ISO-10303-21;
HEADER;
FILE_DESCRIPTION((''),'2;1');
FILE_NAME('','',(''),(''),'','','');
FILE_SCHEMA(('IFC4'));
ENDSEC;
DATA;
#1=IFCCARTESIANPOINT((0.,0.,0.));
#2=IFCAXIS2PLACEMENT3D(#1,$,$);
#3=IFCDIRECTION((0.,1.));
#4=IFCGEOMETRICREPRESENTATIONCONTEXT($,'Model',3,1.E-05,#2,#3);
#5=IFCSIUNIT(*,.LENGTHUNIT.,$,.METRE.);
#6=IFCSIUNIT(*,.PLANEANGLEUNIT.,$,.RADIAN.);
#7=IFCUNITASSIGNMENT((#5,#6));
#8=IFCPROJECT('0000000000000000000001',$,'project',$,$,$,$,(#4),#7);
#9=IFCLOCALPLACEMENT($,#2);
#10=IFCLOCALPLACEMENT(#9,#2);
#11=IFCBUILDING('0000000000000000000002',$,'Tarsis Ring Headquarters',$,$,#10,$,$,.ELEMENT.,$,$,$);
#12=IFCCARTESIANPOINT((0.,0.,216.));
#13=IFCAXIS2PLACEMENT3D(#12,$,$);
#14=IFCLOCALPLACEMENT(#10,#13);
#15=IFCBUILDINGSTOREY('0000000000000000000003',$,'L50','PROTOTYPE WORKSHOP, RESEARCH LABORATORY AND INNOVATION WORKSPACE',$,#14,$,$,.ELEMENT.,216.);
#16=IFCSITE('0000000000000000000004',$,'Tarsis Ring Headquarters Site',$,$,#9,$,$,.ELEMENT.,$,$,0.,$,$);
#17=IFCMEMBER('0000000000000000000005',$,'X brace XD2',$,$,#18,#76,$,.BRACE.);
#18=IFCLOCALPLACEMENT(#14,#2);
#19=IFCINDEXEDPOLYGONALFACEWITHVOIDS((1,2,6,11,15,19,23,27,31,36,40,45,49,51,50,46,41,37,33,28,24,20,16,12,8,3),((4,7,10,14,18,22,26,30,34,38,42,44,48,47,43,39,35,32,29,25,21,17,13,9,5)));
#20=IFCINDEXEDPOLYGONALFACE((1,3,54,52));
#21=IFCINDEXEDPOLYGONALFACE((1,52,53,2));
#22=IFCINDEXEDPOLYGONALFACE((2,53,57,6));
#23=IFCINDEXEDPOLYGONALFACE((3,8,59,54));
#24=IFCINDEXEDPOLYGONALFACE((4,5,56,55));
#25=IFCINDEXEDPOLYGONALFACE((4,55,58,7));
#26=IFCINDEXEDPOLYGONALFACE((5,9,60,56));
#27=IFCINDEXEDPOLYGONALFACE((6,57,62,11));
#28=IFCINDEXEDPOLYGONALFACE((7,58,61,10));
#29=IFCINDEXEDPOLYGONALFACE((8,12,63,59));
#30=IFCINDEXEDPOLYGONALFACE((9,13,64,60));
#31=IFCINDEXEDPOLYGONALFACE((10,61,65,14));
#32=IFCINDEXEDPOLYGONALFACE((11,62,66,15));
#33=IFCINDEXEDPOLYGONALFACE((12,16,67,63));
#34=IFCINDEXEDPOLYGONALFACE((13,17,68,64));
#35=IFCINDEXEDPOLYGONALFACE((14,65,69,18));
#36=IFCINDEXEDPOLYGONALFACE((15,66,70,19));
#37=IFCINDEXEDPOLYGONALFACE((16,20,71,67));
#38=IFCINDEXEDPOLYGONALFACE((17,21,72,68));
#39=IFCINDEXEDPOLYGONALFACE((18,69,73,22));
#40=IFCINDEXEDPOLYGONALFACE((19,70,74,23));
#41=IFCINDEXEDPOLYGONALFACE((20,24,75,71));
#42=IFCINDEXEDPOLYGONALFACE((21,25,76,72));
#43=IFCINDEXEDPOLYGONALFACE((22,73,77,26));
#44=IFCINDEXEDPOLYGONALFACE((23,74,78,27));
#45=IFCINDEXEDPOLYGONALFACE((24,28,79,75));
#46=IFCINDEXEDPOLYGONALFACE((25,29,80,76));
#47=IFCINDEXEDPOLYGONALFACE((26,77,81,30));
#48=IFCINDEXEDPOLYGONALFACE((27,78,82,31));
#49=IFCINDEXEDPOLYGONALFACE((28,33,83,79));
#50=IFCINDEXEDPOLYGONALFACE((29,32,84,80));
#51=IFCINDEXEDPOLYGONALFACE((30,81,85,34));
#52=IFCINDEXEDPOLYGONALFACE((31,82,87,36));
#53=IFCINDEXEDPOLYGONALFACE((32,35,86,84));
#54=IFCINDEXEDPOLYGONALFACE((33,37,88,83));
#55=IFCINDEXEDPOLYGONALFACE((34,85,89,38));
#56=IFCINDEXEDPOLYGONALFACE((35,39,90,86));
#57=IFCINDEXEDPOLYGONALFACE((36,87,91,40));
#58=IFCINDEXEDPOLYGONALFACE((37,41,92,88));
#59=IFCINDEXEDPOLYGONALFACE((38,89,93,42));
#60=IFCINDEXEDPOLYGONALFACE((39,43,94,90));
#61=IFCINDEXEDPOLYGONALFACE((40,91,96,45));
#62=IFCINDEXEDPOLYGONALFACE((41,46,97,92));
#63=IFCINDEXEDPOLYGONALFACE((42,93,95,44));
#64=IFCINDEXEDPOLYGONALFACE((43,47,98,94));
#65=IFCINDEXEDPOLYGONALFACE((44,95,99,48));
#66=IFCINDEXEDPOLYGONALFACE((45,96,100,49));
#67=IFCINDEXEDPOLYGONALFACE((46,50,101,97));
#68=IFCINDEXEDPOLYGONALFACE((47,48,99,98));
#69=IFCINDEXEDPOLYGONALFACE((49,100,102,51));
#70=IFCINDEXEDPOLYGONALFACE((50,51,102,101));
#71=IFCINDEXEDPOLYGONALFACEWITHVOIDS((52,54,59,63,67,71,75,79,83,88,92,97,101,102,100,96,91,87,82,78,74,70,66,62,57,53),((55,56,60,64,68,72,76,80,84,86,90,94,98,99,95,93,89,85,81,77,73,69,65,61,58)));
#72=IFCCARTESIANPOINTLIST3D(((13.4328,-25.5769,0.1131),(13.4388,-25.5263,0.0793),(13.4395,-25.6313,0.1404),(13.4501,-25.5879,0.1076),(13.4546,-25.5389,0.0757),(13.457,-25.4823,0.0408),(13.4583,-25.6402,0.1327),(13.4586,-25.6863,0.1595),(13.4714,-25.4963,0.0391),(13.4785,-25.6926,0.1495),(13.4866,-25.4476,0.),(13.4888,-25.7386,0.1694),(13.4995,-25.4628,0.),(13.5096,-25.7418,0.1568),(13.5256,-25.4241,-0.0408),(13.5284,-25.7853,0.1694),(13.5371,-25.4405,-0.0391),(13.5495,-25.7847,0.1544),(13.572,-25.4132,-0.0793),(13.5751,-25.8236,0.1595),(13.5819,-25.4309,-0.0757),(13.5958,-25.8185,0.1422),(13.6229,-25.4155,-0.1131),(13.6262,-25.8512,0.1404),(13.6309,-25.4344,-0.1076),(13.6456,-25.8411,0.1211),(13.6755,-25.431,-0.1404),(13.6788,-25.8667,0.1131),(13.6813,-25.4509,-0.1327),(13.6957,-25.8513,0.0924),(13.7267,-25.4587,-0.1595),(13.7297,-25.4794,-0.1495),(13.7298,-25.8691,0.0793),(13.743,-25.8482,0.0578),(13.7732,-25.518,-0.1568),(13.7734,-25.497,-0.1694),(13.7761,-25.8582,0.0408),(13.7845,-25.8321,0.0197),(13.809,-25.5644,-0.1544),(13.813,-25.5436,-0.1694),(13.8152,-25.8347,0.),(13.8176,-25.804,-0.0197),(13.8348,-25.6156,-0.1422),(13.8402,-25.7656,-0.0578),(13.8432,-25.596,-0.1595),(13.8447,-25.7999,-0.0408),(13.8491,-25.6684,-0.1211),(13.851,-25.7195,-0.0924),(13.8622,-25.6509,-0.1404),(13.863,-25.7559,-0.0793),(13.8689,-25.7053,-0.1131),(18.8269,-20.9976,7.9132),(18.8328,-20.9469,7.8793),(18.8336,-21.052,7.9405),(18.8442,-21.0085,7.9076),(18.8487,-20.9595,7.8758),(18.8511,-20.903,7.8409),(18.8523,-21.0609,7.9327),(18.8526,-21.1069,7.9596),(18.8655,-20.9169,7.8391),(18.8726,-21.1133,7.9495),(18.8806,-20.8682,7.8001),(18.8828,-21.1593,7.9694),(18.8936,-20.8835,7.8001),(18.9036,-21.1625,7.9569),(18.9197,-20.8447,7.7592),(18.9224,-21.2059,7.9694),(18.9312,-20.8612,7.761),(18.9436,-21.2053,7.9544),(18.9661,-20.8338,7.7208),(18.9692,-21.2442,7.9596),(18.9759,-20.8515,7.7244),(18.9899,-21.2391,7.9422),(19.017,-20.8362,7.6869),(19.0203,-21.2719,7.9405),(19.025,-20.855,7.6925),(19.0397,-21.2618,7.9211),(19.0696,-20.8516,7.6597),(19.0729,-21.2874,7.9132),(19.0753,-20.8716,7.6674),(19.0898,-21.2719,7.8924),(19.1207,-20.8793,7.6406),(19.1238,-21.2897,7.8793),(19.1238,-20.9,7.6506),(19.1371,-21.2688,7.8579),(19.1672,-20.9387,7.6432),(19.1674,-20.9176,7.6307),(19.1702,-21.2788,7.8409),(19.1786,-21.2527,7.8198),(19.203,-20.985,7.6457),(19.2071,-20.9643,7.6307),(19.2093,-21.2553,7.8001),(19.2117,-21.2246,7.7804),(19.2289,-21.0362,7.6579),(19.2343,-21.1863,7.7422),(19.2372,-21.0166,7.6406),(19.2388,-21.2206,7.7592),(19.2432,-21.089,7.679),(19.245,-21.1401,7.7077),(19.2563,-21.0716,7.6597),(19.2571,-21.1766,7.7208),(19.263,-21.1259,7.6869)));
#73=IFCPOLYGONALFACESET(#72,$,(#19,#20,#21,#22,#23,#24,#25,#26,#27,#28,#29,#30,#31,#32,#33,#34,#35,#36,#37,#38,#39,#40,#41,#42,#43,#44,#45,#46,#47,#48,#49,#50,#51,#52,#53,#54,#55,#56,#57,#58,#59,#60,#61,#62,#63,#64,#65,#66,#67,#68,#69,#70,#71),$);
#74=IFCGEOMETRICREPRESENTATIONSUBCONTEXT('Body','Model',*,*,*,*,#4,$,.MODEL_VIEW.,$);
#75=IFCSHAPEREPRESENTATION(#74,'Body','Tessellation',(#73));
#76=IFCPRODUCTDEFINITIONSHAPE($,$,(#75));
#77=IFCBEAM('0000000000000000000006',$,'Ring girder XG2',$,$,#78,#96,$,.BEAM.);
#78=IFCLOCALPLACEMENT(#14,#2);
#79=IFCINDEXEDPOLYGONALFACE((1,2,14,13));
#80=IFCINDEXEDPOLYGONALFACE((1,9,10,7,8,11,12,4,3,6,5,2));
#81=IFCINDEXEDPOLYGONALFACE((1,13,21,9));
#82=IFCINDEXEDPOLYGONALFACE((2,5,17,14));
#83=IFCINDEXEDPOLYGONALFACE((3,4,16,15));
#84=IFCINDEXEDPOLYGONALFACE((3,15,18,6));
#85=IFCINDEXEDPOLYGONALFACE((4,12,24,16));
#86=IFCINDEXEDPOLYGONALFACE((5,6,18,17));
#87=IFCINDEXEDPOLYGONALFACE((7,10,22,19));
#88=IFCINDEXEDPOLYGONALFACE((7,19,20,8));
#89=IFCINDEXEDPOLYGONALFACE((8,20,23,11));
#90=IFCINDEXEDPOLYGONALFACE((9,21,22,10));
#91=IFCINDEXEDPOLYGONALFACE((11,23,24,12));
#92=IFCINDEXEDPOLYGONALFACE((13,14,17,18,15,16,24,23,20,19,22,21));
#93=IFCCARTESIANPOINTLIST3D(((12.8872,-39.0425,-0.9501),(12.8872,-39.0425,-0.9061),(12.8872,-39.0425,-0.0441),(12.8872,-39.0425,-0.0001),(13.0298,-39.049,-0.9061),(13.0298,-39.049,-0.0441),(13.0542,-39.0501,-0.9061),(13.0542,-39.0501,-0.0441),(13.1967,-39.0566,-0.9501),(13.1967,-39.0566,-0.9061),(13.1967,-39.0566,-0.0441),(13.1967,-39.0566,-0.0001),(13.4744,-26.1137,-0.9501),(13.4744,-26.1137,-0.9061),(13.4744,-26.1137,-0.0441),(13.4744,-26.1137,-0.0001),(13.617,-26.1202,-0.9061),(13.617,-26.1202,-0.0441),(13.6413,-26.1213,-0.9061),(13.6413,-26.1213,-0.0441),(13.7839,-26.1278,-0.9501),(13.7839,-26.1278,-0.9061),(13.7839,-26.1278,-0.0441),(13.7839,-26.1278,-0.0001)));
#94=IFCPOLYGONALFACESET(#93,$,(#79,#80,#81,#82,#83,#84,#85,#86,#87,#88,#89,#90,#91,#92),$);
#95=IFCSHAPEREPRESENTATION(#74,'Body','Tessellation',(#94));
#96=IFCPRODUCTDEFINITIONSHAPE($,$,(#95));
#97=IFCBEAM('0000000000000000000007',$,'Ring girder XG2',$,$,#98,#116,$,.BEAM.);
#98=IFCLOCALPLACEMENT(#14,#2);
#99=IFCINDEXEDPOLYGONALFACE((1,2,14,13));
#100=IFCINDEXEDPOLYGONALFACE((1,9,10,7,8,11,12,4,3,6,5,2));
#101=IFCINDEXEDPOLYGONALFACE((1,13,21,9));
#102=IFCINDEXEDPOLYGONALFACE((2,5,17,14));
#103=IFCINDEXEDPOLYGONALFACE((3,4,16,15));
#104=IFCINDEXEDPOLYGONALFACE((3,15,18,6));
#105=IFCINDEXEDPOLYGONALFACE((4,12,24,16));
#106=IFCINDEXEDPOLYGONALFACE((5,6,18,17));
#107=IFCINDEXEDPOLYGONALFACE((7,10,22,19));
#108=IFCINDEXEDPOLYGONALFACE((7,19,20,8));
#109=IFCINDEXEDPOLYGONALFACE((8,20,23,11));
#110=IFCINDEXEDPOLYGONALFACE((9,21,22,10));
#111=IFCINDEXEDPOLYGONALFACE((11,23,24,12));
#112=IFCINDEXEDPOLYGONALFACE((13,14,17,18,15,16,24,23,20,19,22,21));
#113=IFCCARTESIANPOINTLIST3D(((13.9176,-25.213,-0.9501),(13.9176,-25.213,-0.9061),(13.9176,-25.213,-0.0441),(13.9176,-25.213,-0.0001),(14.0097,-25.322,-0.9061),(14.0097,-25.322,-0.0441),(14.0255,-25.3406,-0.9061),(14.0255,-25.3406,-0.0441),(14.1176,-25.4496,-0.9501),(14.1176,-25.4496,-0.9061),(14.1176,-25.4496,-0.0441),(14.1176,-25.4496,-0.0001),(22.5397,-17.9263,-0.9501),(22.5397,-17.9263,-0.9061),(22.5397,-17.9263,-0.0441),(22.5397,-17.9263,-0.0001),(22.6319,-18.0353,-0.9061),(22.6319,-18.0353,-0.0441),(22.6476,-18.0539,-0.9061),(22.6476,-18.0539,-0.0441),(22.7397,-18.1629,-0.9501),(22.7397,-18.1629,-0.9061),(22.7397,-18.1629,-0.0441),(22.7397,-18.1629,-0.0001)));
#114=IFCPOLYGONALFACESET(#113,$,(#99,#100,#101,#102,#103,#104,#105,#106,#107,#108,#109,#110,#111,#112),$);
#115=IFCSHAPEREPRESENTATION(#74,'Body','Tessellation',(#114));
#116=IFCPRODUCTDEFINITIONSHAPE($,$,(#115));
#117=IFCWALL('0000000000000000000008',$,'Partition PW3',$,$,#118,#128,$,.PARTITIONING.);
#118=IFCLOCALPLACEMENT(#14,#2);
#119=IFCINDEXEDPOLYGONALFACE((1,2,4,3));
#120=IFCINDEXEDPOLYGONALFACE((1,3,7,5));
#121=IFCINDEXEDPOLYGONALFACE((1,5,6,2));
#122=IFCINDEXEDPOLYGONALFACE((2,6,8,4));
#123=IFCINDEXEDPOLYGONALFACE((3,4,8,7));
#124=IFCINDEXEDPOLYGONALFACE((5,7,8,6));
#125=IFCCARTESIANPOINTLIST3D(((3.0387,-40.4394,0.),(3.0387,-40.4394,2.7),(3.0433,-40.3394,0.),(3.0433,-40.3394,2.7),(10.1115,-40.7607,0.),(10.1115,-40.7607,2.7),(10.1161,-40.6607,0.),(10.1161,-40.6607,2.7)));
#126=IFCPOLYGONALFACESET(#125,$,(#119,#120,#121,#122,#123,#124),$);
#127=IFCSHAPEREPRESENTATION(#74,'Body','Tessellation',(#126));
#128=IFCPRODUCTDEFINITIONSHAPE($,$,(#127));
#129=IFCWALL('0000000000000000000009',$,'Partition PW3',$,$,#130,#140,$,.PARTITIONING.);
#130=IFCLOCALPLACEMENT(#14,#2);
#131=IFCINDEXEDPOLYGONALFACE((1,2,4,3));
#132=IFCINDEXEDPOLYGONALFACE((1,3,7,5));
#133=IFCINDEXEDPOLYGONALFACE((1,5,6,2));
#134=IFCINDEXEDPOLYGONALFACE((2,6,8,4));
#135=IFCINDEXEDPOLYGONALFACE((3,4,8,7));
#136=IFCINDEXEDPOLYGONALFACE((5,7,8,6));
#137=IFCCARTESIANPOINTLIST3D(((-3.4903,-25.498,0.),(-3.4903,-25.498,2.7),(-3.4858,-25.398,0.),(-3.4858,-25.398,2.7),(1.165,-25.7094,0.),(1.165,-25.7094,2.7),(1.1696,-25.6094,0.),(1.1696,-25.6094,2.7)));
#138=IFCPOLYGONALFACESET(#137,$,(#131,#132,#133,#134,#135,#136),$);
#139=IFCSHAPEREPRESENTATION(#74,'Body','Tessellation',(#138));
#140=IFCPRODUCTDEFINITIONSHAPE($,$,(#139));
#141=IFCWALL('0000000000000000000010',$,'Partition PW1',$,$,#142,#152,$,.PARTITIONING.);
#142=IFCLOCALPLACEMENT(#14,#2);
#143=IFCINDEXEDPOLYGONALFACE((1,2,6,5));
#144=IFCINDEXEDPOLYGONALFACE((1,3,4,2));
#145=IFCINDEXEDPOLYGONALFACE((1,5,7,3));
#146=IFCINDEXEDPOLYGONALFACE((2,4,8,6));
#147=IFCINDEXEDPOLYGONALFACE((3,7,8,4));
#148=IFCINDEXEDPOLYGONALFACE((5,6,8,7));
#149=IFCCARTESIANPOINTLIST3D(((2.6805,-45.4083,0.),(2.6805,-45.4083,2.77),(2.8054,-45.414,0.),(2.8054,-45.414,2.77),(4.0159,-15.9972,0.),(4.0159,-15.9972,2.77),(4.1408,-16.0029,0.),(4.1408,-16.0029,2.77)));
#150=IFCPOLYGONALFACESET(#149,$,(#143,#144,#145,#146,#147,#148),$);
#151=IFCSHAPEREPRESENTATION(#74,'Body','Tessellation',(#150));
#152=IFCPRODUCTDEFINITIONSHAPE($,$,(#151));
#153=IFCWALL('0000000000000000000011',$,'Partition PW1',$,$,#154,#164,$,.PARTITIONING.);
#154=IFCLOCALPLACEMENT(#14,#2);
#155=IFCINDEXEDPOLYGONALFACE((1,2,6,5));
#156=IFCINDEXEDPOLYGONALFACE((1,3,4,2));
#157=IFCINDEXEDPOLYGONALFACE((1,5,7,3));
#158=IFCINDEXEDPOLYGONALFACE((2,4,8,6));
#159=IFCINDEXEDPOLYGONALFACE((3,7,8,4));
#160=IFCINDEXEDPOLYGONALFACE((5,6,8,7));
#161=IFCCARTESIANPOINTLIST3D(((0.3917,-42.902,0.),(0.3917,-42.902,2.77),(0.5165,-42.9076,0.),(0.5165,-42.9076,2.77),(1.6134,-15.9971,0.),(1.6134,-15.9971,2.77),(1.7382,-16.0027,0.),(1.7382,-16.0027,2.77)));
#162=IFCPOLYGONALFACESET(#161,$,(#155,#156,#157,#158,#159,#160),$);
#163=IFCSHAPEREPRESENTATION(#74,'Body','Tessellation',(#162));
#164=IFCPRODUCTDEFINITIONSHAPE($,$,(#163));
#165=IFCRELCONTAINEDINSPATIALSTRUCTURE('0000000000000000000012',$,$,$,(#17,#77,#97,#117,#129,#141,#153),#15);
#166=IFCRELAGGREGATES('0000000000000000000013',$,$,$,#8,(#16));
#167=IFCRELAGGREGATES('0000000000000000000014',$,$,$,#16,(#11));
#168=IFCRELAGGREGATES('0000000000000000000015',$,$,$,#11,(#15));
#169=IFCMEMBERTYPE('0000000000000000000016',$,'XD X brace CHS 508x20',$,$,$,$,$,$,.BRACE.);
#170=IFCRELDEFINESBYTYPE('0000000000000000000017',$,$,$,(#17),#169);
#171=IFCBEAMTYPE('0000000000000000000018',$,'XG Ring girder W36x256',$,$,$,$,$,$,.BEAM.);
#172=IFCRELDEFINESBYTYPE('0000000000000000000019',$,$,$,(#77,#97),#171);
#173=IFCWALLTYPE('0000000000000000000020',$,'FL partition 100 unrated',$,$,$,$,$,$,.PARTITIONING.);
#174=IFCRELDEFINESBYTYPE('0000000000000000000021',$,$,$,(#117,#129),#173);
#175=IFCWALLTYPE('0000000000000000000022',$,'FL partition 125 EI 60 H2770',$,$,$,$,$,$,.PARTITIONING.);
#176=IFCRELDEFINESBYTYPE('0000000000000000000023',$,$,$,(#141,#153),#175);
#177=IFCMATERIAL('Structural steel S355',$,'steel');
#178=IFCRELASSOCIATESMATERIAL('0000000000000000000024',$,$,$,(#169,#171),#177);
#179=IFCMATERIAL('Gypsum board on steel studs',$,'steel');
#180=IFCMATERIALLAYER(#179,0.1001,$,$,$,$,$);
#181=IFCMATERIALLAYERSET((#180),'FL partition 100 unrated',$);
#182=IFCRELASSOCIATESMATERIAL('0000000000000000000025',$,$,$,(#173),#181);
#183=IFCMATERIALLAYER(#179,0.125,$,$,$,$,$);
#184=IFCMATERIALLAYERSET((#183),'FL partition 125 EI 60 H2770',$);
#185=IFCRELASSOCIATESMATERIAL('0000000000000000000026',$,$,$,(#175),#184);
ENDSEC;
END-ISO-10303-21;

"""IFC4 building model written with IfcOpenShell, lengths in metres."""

from ifc_helpers import new_model, si_unit, direction, frame, frame_2d, origin, origin_2d, place, context, subcontext, project, spatial, rectangle, hollow_circle, i_section, extrude, material, layer, layer_set, material_profile, profile_set, type_object, element, save


model = new_model("IFC4")

# Units and contexts
model_context = context("Model", 3, precision=1e-05, world=origin(), true_north=direction((0.0, 1.0)))
body_context = subcontext(model_context, "Body", "Model", "MODEL_VIEW")
ifc_project = project(units=[si_unit("LENGTHUNIT", "METRE"), si_unit("PLANEANGLEUNIT", "RADIAN")], contexts=[model_context])

# Site, building, storey
site_placement = place(None, origin())
site = spatial("IfcSite", under=ifc_project, at=site_placement, Name="Tarsis Ring Headquarters Site", CompositionType="ELEMENT", RefElevation=0.0)
building_placement = place(site_placement, origin())
building = spatial("IfcBuilding", under=site, at=building_placement, Name="Tarsis Ring Headquarters", CompositionType="ELEMENT")
storey_placement = place(building_placement, frame((0.0, 0.0, 216.0)))
storey = spatial("IfcBuildingStorey", under=building, at=storey_placement, Name="L50", Description="PROTOTYPE WORKSHOP, RESEARCH LABORATORY AND INNOVATION WORKSPACE", CompositionType="ELEMENT", Elevation=216.0)

# Shared definitions
ifc_material_1 = material(Name="Structural steel S355", Category="steel")

# Member
ifc_material_profile_1 = material_profile(ifc_material_1, hollow_circle(Radius=0.2539, WallThickness=0.02, at=origin_2d()), Name="CHS 508x20")
ifc_profile_set_1 = profile_set([ifc_material_profile_1], Name="Structural steel S355")
member_type = type_object("IfcMemberType", Name="XD X brace CHS 508x20", PredefinedType="BRACE", material=ifc_profile_set_1)
member_placement = place(storey_placement, frame((13.6509, -25.6411, 0.0), z_axis=(0.512195, 0.434835, 0.740659), x_axis=(-0.64719, 0.762329, 0.0)))
element("IfcMember", 1, at=member_placement, inside=storey, type_object=member_type, Name="X brace XD2", PredefinedType="BRACE", context=body_context, shape_type="SweptSolid", body=[
    extrude(hollow_circle(Radius=0.2539, WallThickness=0.02, at=origin_2d()), origin(), (0.0, 0.0, 1.0), 10.5312),
])

# Beams
ifc_material_profile_2 = material_profile(ifc_material_1, i_section(OverallWidth=0.3098, OverallDepth=0.95, WebThickness=0.0244, FlangeThickness=0.0439, at=origin_2d()), Name="W36x256")
ifc_profile_set_2 = profile_set([ifc_material_profile_2], Name="Structural steel S355")
beam_type = type_object("IfcBeamType", Name="XG Ring girder W36x256", PredefinedType="BEAM", material=ifc_profile_set_2)
beam_1_placement = place(storey_placement, frame((13.042, -39.0496, -0.4751), z_axis=(0.045368, 0.99897, 0.0), x_axis=(-0.99897, 0.045368, 0.0)))
element("IfcBeam", 2, at=beam_1_placement, inside=storey, type_object=beam_type, Name="Ring girder XG2", PredefinedType="BEAM", context=body_context, shape_type="SweptSolid", body=[
    extrude(i_section(OverallWidth=0.3098, OverallDepth=0.95, WebThickness=0.0244, FlangeThickness=0.0439, at=origin_2d()), origin(), (0.0, 0.0, 1.0), 12.9421),
])
beam_2_placement = place(storey_placement, frame((14.0176, -25.3313, -0.4751), z_axis=(0.763778, 0.645479, 0.0), x_axis=(-0.645479, 0.763778, 0.0)))
element("IfcBeam", 3, at=beam_2_placement, inside=storey, type_object=beam_type, Name="Ring girder XG2", PredefinedType="BEAM", context=body_context, shape_type="SweptSolid", body=[
    extrude(i_section(OverallWidth=0.3098, OverallDepth=0.95, WebThickness=0.0244, FlangeThickness=0.0439, at=origin_2d()), origin(), (0.0, 0.0, 1.0), 11.2888),
])

# Walls
ifc_material_2 = material(Name="Gypsum board on steel studs", Category="steel")
ifc_layer_1 = layer(ifc_material_2, 0.1001)
ifc_layer_set_1 = layer_set([ifc_layer_1], Name="FL partition 100 unrated")
wall_type_1 = type_object("IfcWallType", Name="FL partition 100 unrated", PredefinedType="PARTITIONING", material=ifc_layer_set_1)
wall_1_placement = place(storey_placement, frame((3.041, -40.3894, 0.0), z_axis=(0.0, 0.0, 1.0), x_axis=(0.99897, -0.04538, 0.0)))
element("IfcWall", 4, at=wall_1_placement, inside=storey, type_object=wall_type_1, Name="Partition PW3", PredefinedType="PARTITIONING", context=body_context, shape_type="SweptSolid", body=[
    extrude(rectangle(XDim=7.0801, YDim=0.1001, at=frame_2d((3.54, 0.0))), origin(), (0.0, 0.0, 1.0), 2.7),
])
wall_2_placement = place(storey_placement, frame((-3.488, -25.448, 0.0), z_axis=(0.0, 0.0, 1.0), x_axis=(0.99897, -0.04537, 0.0)))
element("IfcWall", 5, at=wall_2_placement, inside=storey, type_object=wall_type_1, Name="Partition PW3", PredefinedType="PARTITIONING", context=body_context, shape_type="SweptSolid", body=[
    extrude(rectangle(XDim=4.6602, YDim=0.1001, at=frame_2d((2.3301, 0.0))), origin(), (0.0, 0.0, 1.0), 2.7),
])
ifc_layer_2 = layer(ifc_material_2, 0.125)
ifc_layer_set_2 = layer_set([ifc_layer_2], Name="FL partition 125 EI 60 H2770")
wall_type_2 = type_object("IfcWallType", Name="FL partition 125 EI 60 H2770", PredefinedType="PARTITIONING", material=ifc_layer_set_2)
wall_3_placement = place(storey_placement, frame((2.7429, -45.4111, 0.0), z_axis=(0.0, 0.0, 1.0), x_axis=(0.04536, 0.998971, 0.0)))
element("IfcWall", 6, at=wall_3_placement, inside=storey, type_object=wall_type_2, Name="Partition PW1", PredefinedType="PARTITIONING", context=body_context, shape_type="SweptSolid", body=[
    extrude(rectangle(XDim=29.4414, YDim=0.125, at=frame_2d((14.7207, 0.0))), origin(), (0.0, 0.0, 1.0), 2.77),
])
wall_4_placement = place(storey_placement, frame((0.4541, -42.9048, 0.0), z_axis=(0.0, 0.0, 1.0), x_axis=(0.045361, 0.998971, 0.0)))
element("IfcWall", 7, at=wall_4_placement, inside=storey, type_object=wall_type_2, Name="Partition PW1", PredefinedType="PARTITIONING", context=body_context, shape_type="SweptSolid", body=[
    extrude(rectangle(XDim=26.9326, YDim=0.125, at=frame_2d((13.4663, 0.0))), origin(), (0.0, 0.0, 1.0), 2.77),
])

save(model, "model.ifc")
